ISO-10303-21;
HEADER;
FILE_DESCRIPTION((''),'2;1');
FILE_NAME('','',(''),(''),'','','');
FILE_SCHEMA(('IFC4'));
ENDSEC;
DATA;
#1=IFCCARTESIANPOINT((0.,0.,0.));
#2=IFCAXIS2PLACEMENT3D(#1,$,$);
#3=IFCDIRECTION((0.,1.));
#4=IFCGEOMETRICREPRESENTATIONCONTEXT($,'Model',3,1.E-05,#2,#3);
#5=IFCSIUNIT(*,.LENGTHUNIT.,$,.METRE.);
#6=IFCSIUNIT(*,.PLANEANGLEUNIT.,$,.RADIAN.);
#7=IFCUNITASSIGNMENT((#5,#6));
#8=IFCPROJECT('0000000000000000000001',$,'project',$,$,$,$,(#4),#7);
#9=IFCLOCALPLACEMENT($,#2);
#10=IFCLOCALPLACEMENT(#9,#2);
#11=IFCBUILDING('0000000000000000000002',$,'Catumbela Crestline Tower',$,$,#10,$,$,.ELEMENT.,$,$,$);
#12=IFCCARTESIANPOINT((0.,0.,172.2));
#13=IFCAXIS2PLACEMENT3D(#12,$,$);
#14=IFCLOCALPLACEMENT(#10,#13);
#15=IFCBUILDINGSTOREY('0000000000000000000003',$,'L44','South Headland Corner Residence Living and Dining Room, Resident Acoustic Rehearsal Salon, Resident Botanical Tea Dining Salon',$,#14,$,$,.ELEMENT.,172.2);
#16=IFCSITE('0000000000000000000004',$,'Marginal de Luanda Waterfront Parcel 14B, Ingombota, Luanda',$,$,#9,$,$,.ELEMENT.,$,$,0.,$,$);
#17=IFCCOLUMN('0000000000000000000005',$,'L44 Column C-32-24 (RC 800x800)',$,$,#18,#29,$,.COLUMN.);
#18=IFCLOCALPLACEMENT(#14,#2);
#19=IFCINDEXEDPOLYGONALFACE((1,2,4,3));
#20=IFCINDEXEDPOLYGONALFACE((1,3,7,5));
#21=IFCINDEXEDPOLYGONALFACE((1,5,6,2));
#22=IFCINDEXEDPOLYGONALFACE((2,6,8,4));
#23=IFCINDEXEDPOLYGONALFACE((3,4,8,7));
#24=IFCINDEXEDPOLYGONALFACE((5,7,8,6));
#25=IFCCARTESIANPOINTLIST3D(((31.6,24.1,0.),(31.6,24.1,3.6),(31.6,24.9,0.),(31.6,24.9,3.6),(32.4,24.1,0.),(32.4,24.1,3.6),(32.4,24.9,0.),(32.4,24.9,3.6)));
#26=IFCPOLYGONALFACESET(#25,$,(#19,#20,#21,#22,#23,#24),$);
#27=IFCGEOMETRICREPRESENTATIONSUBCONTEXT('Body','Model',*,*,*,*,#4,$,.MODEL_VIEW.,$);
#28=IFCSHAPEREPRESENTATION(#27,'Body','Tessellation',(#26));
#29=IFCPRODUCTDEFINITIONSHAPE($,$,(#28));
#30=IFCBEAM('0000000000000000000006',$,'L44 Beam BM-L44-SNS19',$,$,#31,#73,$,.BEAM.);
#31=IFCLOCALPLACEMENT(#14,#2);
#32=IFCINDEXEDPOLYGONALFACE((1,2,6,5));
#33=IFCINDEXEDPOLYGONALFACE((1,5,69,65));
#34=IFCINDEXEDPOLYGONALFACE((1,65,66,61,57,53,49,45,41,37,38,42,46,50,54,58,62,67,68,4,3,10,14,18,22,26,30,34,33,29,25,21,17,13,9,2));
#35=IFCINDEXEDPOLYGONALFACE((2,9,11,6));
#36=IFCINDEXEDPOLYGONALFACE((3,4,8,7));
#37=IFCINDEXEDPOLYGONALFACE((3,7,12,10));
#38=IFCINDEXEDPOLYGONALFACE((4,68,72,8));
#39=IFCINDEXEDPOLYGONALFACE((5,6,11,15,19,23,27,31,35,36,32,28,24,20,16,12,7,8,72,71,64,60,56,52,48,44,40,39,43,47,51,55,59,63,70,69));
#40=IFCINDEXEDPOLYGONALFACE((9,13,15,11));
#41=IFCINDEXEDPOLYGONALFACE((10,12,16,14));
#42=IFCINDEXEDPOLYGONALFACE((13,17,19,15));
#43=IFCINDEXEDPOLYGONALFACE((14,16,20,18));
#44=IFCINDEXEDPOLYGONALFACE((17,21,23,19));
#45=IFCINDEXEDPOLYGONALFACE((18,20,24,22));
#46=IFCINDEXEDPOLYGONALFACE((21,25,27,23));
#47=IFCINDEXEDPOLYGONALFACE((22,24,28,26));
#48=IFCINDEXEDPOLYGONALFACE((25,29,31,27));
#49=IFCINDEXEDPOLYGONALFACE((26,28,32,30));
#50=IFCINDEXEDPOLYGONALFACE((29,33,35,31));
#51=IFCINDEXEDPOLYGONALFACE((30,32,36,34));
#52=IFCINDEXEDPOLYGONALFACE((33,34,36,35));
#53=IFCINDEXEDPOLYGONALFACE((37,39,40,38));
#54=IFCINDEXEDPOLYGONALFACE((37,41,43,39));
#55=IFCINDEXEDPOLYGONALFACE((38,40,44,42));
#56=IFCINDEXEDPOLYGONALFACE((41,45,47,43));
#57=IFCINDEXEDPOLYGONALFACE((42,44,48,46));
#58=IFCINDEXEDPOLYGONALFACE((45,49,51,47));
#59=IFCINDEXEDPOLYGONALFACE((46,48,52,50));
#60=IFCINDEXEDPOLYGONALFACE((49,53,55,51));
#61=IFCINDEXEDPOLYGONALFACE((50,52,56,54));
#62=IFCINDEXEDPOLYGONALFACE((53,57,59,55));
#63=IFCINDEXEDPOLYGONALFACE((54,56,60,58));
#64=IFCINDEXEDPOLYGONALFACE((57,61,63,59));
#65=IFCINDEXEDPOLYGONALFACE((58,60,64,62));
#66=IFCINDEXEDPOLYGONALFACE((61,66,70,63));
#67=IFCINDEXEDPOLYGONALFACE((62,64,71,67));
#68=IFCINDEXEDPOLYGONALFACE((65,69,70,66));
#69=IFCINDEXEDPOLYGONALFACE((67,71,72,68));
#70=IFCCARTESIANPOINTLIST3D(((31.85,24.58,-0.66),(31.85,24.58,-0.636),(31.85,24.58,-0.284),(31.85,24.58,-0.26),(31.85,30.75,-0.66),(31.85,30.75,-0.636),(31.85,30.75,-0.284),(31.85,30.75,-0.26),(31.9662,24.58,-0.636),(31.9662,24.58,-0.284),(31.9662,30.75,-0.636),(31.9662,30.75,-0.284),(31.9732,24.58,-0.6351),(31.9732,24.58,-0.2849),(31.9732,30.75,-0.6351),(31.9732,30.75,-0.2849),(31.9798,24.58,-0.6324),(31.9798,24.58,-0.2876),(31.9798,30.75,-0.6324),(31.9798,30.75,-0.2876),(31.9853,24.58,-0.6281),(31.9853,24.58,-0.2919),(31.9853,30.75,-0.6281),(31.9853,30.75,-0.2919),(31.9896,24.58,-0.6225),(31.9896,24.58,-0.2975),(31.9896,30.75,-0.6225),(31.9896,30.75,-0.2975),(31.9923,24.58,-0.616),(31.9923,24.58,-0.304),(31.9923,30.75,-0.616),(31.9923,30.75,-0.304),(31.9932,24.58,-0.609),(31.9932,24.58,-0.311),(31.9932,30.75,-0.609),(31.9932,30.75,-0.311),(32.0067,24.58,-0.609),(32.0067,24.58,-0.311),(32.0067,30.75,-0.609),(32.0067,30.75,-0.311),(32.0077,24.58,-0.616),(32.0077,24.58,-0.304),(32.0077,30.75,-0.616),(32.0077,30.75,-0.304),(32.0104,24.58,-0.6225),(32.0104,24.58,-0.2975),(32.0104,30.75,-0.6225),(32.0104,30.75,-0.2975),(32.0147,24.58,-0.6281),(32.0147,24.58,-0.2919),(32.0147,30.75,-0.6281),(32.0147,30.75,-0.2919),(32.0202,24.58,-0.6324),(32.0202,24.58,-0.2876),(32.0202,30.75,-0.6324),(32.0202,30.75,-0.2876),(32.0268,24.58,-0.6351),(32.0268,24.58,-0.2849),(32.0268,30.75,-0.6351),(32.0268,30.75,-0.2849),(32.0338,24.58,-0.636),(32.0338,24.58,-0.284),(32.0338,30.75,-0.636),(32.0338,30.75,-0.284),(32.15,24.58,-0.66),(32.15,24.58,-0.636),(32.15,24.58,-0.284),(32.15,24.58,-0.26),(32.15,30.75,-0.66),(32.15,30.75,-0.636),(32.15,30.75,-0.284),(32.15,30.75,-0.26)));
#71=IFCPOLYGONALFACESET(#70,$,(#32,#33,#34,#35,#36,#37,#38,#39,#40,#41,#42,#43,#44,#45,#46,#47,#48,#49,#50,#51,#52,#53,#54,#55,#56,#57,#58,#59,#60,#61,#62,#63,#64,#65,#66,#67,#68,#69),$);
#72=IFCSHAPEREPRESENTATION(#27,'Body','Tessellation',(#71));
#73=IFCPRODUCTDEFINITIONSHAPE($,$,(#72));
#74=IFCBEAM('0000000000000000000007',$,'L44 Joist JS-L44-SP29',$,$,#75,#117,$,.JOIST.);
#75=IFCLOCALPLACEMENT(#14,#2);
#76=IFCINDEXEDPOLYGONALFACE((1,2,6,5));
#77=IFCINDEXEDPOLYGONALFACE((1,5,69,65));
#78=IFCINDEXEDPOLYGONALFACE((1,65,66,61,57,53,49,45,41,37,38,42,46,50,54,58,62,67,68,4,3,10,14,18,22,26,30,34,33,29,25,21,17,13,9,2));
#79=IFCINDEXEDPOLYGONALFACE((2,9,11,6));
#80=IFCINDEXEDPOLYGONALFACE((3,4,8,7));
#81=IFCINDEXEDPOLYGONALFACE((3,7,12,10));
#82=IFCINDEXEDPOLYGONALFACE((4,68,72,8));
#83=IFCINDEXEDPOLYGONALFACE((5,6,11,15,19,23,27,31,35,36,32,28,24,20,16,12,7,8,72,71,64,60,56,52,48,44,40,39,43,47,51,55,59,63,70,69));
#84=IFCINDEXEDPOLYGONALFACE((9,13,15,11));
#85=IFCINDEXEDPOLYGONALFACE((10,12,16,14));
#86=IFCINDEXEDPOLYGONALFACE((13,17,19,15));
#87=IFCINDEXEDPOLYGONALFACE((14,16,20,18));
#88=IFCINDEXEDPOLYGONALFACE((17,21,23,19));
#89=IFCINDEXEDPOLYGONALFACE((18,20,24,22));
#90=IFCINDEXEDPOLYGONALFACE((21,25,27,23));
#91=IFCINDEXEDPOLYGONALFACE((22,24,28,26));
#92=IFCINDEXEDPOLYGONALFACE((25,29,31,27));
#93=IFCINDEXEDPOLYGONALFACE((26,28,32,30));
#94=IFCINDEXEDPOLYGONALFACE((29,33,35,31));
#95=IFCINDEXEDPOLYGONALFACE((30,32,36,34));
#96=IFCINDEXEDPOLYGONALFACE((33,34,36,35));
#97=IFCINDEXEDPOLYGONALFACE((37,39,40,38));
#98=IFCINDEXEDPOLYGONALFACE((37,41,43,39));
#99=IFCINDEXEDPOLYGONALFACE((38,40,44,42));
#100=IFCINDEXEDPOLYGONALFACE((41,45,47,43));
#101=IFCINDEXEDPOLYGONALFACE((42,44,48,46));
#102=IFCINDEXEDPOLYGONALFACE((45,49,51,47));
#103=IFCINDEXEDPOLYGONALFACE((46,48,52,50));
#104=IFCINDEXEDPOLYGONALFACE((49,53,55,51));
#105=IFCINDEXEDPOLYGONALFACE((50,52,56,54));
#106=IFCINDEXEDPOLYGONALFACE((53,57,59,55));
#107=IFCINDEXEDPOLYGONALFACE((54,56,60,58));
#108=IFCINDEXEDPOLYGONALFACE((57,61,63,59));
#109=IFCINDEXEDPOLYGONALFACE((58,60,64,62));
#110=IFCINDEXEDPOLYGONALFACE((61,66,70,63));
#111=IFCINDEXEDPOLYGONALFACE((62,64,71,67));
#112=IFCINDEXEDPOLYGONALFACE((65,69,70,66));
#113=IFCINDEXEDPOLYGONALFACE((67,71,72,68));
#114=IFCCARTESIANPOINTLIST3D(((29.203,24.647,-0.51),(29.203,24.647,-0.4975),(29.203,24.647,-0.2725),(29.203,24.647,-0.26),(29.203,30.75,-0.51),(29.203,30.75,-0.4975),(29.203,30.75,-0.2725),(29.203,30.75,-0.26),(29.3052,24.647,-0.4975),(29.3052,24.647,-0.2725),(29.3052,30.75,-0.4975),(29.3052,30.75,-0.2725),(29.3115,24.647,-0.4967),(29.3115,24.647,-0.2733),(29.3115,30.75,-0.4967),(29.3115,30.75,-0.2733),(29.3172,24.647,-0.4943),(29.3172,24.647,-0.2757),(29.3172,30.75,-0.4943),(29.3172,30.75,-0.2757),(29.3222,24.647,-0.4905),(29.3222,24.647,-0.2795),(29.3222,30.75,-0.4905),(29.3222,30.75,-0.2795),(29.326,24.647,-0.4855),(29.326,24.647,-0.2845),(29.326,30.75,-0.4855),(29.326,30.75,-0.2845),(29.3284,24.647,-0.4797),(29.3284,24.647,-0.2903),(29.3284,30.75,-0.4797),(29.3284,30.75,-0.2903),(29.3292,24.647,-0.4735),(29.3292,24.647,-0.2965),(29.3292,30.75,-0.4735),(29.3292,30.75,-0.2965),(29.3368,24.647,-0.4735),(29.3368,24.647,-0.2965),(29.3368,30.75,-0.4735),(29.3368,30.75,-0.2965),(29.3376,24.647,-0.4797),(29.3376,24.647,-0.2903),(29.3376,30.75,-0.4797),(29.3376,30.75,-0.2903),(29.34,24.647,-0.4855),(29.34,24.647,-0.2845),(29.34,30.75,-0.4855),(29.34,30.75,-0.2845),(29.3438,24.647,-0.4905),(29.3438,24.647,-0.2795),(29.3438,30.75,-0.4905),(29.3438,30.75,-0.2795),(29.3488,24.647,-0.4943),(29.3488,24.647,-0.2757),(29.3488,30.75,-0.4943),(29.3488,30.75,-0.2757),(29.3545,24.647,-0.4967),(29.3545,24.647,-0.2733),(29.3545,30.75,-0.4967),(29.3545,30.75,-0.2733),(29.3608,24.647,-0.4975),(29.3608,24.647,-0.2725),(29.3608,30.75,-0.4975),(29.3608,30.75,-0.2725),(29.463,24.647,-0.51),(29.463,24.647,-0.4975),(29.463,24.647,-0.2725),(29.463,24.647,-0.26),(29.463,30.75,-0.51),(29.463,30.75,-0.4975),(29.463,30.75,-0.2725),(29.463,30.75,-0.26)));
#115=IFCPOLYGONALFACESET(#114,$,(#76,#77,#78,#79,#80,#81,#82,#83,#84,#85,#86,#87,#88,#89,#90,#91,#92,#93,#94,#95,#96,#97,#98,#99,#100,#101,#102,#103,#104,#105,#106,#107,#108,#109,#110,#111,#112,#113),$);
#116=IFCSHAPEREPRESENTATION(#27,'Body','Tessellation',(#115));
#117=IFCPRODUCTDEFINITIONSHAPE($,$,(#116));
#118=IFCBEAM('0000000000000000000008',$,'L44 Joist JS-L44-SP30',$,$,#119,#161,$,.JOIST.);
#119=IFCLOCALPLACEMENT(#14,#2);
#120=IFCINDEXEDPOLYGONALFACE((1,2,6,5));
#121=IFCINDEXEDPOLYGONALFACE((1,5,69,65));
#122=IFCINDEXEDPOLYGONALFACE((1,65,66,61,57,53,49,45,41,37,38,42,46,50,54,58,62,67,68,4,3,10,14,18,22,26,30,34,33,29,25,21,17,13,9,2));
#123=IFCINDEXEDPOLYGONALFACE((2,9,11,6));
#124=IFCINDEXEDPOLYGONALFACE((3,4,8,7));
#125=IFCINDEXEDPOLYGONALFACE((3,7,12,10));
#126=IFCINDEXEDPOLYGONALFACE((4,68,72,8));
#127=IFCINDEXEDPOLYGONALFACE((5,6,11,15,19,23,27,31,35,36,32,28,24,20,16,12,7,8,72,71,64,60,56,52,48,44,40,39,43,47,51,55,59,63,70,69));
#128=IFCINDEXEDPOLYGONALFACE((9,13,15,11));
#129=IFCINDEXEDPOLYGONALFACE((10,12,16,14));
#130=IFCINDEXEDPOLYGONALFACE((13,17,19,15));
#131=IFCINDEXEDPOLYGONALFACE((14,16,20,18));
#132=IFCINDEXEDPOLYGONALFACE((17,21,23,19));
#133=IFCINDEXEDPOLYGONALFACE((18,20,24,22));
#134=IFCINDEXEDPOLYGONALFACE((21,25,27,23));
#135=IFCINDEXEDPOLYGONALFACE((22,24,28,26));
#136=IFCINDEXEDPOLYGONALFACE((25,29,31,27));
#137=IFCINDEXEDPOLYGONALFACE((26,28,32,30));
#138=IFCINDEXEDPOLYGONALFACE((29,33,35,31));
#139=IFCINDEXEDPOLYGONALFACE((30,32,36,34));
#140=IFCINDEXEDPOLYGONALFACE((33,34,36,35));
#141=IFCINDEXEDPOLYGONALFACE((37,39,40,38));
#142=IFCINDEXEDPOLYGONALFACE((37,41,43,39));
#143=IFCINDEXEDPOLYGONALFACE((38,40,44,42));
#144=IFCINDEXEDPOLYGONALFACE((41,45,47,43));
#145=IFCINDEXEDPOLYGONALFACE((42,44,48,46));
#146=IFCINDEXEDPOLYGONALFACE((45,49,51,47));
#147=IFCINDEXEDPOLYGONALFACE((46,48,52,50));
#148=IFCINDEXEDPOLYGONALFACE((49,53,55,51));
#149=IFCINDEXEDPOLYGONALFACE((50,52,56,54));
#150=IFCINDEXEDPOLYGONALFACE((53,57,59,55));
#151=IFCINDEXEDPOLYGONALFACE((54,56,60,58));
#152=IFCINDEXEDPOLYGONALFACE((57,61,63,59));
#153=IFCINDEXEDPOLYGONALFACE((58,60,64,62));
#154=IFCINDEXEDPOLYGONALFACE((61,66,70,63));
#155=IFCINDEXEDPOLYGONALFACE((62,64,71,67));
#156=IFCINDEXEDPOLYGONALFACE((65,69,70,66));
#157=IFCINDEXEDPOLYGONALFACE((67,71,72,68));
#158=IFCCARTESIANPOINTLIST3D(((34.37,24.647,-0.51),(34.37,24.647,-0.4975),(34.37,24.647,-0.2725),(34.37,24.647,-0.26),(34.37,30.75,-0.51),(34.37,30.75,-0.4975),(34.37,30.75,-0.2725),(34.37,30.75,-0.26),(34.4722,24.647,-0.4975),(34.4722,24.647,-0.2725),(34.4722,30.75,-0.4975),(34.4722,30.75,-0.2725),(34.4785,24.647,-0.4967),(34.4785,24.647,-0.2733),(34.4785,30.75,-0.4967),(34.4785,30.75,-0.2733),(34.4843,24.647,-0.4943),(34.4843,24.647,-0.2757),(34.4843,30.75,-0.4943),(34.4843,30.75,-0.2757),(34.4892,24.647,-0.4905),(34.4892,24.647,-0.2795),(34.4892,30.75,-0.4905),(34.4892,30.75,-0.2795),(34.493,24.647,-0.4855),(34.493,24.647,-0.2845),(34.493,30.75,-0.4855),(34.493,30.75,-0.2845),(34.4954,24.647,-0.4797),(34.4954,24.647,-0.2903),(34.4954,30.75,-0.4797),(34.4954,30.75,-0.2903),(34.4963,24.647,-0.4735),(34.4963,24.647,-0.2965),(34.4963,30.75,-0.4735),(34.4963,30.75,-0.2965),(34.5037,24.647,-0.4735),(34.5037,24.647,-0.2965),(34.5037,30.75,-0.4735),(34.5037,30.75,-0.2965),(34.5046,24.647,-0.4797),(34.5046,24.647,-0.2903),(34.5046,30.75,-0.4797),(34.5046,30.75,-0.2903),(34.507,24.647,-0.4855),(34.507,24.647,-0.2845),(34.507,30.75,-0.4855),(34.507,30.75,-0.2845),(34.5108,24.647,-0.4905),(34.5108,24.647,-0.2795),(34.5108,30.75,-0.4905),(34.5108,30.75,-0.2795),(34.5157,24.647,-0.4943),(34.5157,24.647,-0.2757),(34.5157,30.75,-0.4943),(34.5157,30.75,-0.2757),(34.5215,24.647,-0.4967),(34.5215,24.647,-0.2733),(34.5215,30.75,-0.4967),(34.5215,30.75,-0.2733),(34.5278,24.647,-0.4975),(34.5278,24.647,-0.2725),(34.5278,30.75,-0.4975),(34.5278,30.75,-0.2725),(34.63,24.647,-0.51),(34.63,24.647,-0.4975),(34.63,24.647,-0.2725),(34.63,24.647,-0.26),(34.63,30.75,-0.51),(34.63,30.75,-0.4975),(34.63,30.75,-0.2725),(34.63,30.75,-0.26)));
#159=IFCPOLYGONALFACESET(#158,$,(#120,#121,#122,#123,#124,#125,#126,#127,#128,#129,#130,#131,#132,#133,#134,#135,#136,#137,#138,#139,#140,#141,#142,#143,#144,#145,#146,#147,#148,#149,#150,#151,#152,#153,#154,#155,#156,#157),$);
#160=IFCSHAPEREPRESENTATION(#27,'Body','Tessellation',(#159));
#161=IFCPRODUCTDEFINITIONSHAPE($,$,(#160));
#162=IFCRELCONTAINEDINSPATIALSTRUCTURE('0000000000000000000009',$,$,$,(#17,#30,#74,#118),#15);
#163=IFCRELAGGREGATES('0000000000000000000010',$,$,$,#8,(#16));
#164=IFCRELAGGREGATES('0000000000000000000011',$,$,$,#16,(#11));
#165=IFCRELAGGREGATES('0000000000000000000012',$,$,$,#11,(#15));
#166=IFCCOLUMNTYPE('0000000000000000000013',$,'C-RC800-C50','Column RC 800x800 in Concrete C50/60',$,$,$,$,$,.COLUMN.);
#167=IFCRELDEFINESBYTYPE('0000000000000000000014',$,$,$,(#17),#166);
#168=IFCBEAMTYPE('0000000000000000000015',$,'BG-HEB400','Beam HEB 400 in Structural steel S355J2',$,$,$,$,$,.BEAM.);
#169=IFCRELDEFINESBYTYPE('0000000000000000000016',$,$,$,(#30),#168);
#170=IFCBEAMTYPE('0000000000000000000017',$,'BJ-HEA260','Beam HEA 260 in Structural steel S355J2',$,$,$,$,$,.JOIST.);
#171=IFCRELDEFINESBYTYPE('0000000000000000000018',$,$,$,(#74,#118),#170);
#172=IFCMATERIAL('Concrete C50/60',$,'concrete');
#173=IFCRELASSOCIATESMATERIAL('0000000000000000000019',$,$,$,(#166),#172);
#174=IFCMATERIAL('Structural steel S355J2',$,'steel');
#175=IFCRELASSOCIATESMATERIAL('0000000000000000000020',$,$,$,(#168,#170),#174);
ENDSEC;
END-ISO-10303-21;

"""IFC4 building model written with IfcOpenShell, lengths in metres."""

from ifc_helpers import new_model, si_unit, direction, frame, origin, origin_2d, place, context, subcontext, project, spatial, rectangle, i_section, extrude, material, material_profile, profile_set, type_object, element, save


model = new_model("IFC4")

# Units and contexts
model_context = context("Model", 3, precision=1e-05, world=origin(), true_north=direction((0.0, 1.0)))
body_context = subcontext(model_context, "Body", "Model", "MODEL_VIEW")
ifc_project = project(units=[si_unit("LENGTHUNIT", "METRE"), si_unit("PLANEANGLEUNIT", "RADIAN")], contexts=[model_context])

# Site, building, storey
site_placement = place(None, origin())
site = spatial("IfcSite", under=ifc_project, at=site_placement, Name="Marginal de Luanda Waterfront Parcel 14B, Ingombota, Luanda", CompositionType="ELEMENT", RefElevation=0.0)
building_placement = place(site_placement, origin())
building = spatial("IfcBuilding", under=site, at=building_placement, Name="Catumbela Crestline Tower", CompositionType="ELEMENT")
storey_placement = place(building_placement, frame((0.0, 0.0, 172.2)))
storey = spatial("IfcBuildingStorey", under=building, at=storey_placement, Name="L44", Description="South Headland Corner Residence Living and Dining Room, Resident Acoustic Rehearsal Salon, Resident Botanical Tea Dining Salon", CompositionType="ELEMENT", Elevation=172.2)

# Column
ifc_material_1 = material(Name="Concrete C50/60", Category="concrete")
ifc_material_profile_1 = material_profile(ifc_material_1, rectangle(XDim=0.8, YDim=0.8, at=origin_2d()), Name="RC 800x800")
ifc_profile_set_1 = profile_set([ifc_material_profile_1], Name="Concrete C50/60")
column_type = type_object("IfcColumnType", Name="C-RC800-C50", Description="Column RC 800x800 in Concrete C50/60", PredefinedType="COLUMN", material=ifc_profile_set_1)
column_placement = place(storey_placement, frame((32.0, 24.5, 0.0), z_axis=(0.0, 0.0, 1.0), x_axis=(1.0, 0.0, 0.0)))
element("IfcColumn", 1, at=column_placement, inside=storey, type_object=column_type, Name="L44 Column C-32-24 (RC 800x800)", PredefinedType="COLUMN", context=body_context, shape_type="SweptSolid", body=[
    extrude(rectangle(XDim=0.8, YDim=0.8, at=origin_2d()), origin(), (0.0, 0.0, 1.0), 3.6),
])

# Beams
ifc_material_2 = material(Name="Structural steel S355J2", Category="steel")
ifc_material_profile_2 = material_profile(ifc_material_2, i_section(OverallWidth=0.3, OverallDepth=0.4, WebThickness=0.0135, FlangeThickness=0.024, FilletRadius=0.027, at=origin_2d()), Name="HEB 400")
ifc_profile_set_2 = profile_set([ifc_material_profile_2], Name="Structural steel S355J2")
beam_type_1 = type_object("IfcBeamType", Name="BG-HEB400", Description="Beam HEB 400 in Structural steel S355J2", PredefinedType="BEAM", material=ifc_profile_set_2)
beam_1_placement = place(storey_placement, frame((32.0, 24.58, -0.46), z_axis=(0.0, 1.0, 0.0), x_axis=(-1.0, 0.0, 0.0)))
element("IfcBeam", 2, at=beam_1_placement, inside=storey, type_object=beam_type_1, Name="L44 Beam BM-L44-SNS19", PredefinedType="BEAM", context=body_context, shape_type="SweptSolid", body=[
    extrude(i_section(OverallWidth=0.3, OverallDepth=0.4, WebThickness=0.0135, FlangeThickness=0.024, FilletRadius=0.027, at=origin_2d()), origin(), (0.0, 0.0, 1.0), 6.17),
])
ifc_material_profile_3 = material_profile(ifc_material_2, i_section(OverallWidth=0.26, OverallDepth=0.25, WebThickness=0.0075, FlangeThickness=0.0125, FilletRadius=0.024, at=origin_2d()), Name="HEA 260")
ifc_profile_set_3 = profile_set([ifc_material_profile_3], Name="Structural steel S355J2")
beam_type_2 = type_object("IfcBeamType", Name="BJ-HEA260", Description="Beam HEA 260 in Structural steel S355J2", PredefinedType="JOIST", material=ifc_profile_set_3)
for number, where, z_axis, x_axis, name in (
    (3, (29.333, 24.647, -0.385), (0.0, 1.0, 0.0), (-1.0, 0.0, 0.0), "L44 Joist JS-L44-SP29"),
    (4, (34.5, 24.647, -0.385), (0.0, 1.0, 0.0), (-1.0, 0.0, 0.0), "L44 Joist JS-L44-SP30"),
):
    element("IfcBeam", number, at=place(storey_placement, frame(where, z_axis=z_axis, x_axis=x_axis)), inside=storey, type_object=beam_type_2, Name=name, PredefinedType="JOIST", context=body_context, shape_type="SweptSolid", body=[
        extrude(i_section(OverallWidth=0.26, OverallDepth=0.25, WebThickness=0.0075, FlangeThickness=0.0125, FilletRadius=0.024, at=origin_2d()), origin(), (0.0, 0.0, 1.0), 6.103),
    ])

save(model, "model.ifc")
